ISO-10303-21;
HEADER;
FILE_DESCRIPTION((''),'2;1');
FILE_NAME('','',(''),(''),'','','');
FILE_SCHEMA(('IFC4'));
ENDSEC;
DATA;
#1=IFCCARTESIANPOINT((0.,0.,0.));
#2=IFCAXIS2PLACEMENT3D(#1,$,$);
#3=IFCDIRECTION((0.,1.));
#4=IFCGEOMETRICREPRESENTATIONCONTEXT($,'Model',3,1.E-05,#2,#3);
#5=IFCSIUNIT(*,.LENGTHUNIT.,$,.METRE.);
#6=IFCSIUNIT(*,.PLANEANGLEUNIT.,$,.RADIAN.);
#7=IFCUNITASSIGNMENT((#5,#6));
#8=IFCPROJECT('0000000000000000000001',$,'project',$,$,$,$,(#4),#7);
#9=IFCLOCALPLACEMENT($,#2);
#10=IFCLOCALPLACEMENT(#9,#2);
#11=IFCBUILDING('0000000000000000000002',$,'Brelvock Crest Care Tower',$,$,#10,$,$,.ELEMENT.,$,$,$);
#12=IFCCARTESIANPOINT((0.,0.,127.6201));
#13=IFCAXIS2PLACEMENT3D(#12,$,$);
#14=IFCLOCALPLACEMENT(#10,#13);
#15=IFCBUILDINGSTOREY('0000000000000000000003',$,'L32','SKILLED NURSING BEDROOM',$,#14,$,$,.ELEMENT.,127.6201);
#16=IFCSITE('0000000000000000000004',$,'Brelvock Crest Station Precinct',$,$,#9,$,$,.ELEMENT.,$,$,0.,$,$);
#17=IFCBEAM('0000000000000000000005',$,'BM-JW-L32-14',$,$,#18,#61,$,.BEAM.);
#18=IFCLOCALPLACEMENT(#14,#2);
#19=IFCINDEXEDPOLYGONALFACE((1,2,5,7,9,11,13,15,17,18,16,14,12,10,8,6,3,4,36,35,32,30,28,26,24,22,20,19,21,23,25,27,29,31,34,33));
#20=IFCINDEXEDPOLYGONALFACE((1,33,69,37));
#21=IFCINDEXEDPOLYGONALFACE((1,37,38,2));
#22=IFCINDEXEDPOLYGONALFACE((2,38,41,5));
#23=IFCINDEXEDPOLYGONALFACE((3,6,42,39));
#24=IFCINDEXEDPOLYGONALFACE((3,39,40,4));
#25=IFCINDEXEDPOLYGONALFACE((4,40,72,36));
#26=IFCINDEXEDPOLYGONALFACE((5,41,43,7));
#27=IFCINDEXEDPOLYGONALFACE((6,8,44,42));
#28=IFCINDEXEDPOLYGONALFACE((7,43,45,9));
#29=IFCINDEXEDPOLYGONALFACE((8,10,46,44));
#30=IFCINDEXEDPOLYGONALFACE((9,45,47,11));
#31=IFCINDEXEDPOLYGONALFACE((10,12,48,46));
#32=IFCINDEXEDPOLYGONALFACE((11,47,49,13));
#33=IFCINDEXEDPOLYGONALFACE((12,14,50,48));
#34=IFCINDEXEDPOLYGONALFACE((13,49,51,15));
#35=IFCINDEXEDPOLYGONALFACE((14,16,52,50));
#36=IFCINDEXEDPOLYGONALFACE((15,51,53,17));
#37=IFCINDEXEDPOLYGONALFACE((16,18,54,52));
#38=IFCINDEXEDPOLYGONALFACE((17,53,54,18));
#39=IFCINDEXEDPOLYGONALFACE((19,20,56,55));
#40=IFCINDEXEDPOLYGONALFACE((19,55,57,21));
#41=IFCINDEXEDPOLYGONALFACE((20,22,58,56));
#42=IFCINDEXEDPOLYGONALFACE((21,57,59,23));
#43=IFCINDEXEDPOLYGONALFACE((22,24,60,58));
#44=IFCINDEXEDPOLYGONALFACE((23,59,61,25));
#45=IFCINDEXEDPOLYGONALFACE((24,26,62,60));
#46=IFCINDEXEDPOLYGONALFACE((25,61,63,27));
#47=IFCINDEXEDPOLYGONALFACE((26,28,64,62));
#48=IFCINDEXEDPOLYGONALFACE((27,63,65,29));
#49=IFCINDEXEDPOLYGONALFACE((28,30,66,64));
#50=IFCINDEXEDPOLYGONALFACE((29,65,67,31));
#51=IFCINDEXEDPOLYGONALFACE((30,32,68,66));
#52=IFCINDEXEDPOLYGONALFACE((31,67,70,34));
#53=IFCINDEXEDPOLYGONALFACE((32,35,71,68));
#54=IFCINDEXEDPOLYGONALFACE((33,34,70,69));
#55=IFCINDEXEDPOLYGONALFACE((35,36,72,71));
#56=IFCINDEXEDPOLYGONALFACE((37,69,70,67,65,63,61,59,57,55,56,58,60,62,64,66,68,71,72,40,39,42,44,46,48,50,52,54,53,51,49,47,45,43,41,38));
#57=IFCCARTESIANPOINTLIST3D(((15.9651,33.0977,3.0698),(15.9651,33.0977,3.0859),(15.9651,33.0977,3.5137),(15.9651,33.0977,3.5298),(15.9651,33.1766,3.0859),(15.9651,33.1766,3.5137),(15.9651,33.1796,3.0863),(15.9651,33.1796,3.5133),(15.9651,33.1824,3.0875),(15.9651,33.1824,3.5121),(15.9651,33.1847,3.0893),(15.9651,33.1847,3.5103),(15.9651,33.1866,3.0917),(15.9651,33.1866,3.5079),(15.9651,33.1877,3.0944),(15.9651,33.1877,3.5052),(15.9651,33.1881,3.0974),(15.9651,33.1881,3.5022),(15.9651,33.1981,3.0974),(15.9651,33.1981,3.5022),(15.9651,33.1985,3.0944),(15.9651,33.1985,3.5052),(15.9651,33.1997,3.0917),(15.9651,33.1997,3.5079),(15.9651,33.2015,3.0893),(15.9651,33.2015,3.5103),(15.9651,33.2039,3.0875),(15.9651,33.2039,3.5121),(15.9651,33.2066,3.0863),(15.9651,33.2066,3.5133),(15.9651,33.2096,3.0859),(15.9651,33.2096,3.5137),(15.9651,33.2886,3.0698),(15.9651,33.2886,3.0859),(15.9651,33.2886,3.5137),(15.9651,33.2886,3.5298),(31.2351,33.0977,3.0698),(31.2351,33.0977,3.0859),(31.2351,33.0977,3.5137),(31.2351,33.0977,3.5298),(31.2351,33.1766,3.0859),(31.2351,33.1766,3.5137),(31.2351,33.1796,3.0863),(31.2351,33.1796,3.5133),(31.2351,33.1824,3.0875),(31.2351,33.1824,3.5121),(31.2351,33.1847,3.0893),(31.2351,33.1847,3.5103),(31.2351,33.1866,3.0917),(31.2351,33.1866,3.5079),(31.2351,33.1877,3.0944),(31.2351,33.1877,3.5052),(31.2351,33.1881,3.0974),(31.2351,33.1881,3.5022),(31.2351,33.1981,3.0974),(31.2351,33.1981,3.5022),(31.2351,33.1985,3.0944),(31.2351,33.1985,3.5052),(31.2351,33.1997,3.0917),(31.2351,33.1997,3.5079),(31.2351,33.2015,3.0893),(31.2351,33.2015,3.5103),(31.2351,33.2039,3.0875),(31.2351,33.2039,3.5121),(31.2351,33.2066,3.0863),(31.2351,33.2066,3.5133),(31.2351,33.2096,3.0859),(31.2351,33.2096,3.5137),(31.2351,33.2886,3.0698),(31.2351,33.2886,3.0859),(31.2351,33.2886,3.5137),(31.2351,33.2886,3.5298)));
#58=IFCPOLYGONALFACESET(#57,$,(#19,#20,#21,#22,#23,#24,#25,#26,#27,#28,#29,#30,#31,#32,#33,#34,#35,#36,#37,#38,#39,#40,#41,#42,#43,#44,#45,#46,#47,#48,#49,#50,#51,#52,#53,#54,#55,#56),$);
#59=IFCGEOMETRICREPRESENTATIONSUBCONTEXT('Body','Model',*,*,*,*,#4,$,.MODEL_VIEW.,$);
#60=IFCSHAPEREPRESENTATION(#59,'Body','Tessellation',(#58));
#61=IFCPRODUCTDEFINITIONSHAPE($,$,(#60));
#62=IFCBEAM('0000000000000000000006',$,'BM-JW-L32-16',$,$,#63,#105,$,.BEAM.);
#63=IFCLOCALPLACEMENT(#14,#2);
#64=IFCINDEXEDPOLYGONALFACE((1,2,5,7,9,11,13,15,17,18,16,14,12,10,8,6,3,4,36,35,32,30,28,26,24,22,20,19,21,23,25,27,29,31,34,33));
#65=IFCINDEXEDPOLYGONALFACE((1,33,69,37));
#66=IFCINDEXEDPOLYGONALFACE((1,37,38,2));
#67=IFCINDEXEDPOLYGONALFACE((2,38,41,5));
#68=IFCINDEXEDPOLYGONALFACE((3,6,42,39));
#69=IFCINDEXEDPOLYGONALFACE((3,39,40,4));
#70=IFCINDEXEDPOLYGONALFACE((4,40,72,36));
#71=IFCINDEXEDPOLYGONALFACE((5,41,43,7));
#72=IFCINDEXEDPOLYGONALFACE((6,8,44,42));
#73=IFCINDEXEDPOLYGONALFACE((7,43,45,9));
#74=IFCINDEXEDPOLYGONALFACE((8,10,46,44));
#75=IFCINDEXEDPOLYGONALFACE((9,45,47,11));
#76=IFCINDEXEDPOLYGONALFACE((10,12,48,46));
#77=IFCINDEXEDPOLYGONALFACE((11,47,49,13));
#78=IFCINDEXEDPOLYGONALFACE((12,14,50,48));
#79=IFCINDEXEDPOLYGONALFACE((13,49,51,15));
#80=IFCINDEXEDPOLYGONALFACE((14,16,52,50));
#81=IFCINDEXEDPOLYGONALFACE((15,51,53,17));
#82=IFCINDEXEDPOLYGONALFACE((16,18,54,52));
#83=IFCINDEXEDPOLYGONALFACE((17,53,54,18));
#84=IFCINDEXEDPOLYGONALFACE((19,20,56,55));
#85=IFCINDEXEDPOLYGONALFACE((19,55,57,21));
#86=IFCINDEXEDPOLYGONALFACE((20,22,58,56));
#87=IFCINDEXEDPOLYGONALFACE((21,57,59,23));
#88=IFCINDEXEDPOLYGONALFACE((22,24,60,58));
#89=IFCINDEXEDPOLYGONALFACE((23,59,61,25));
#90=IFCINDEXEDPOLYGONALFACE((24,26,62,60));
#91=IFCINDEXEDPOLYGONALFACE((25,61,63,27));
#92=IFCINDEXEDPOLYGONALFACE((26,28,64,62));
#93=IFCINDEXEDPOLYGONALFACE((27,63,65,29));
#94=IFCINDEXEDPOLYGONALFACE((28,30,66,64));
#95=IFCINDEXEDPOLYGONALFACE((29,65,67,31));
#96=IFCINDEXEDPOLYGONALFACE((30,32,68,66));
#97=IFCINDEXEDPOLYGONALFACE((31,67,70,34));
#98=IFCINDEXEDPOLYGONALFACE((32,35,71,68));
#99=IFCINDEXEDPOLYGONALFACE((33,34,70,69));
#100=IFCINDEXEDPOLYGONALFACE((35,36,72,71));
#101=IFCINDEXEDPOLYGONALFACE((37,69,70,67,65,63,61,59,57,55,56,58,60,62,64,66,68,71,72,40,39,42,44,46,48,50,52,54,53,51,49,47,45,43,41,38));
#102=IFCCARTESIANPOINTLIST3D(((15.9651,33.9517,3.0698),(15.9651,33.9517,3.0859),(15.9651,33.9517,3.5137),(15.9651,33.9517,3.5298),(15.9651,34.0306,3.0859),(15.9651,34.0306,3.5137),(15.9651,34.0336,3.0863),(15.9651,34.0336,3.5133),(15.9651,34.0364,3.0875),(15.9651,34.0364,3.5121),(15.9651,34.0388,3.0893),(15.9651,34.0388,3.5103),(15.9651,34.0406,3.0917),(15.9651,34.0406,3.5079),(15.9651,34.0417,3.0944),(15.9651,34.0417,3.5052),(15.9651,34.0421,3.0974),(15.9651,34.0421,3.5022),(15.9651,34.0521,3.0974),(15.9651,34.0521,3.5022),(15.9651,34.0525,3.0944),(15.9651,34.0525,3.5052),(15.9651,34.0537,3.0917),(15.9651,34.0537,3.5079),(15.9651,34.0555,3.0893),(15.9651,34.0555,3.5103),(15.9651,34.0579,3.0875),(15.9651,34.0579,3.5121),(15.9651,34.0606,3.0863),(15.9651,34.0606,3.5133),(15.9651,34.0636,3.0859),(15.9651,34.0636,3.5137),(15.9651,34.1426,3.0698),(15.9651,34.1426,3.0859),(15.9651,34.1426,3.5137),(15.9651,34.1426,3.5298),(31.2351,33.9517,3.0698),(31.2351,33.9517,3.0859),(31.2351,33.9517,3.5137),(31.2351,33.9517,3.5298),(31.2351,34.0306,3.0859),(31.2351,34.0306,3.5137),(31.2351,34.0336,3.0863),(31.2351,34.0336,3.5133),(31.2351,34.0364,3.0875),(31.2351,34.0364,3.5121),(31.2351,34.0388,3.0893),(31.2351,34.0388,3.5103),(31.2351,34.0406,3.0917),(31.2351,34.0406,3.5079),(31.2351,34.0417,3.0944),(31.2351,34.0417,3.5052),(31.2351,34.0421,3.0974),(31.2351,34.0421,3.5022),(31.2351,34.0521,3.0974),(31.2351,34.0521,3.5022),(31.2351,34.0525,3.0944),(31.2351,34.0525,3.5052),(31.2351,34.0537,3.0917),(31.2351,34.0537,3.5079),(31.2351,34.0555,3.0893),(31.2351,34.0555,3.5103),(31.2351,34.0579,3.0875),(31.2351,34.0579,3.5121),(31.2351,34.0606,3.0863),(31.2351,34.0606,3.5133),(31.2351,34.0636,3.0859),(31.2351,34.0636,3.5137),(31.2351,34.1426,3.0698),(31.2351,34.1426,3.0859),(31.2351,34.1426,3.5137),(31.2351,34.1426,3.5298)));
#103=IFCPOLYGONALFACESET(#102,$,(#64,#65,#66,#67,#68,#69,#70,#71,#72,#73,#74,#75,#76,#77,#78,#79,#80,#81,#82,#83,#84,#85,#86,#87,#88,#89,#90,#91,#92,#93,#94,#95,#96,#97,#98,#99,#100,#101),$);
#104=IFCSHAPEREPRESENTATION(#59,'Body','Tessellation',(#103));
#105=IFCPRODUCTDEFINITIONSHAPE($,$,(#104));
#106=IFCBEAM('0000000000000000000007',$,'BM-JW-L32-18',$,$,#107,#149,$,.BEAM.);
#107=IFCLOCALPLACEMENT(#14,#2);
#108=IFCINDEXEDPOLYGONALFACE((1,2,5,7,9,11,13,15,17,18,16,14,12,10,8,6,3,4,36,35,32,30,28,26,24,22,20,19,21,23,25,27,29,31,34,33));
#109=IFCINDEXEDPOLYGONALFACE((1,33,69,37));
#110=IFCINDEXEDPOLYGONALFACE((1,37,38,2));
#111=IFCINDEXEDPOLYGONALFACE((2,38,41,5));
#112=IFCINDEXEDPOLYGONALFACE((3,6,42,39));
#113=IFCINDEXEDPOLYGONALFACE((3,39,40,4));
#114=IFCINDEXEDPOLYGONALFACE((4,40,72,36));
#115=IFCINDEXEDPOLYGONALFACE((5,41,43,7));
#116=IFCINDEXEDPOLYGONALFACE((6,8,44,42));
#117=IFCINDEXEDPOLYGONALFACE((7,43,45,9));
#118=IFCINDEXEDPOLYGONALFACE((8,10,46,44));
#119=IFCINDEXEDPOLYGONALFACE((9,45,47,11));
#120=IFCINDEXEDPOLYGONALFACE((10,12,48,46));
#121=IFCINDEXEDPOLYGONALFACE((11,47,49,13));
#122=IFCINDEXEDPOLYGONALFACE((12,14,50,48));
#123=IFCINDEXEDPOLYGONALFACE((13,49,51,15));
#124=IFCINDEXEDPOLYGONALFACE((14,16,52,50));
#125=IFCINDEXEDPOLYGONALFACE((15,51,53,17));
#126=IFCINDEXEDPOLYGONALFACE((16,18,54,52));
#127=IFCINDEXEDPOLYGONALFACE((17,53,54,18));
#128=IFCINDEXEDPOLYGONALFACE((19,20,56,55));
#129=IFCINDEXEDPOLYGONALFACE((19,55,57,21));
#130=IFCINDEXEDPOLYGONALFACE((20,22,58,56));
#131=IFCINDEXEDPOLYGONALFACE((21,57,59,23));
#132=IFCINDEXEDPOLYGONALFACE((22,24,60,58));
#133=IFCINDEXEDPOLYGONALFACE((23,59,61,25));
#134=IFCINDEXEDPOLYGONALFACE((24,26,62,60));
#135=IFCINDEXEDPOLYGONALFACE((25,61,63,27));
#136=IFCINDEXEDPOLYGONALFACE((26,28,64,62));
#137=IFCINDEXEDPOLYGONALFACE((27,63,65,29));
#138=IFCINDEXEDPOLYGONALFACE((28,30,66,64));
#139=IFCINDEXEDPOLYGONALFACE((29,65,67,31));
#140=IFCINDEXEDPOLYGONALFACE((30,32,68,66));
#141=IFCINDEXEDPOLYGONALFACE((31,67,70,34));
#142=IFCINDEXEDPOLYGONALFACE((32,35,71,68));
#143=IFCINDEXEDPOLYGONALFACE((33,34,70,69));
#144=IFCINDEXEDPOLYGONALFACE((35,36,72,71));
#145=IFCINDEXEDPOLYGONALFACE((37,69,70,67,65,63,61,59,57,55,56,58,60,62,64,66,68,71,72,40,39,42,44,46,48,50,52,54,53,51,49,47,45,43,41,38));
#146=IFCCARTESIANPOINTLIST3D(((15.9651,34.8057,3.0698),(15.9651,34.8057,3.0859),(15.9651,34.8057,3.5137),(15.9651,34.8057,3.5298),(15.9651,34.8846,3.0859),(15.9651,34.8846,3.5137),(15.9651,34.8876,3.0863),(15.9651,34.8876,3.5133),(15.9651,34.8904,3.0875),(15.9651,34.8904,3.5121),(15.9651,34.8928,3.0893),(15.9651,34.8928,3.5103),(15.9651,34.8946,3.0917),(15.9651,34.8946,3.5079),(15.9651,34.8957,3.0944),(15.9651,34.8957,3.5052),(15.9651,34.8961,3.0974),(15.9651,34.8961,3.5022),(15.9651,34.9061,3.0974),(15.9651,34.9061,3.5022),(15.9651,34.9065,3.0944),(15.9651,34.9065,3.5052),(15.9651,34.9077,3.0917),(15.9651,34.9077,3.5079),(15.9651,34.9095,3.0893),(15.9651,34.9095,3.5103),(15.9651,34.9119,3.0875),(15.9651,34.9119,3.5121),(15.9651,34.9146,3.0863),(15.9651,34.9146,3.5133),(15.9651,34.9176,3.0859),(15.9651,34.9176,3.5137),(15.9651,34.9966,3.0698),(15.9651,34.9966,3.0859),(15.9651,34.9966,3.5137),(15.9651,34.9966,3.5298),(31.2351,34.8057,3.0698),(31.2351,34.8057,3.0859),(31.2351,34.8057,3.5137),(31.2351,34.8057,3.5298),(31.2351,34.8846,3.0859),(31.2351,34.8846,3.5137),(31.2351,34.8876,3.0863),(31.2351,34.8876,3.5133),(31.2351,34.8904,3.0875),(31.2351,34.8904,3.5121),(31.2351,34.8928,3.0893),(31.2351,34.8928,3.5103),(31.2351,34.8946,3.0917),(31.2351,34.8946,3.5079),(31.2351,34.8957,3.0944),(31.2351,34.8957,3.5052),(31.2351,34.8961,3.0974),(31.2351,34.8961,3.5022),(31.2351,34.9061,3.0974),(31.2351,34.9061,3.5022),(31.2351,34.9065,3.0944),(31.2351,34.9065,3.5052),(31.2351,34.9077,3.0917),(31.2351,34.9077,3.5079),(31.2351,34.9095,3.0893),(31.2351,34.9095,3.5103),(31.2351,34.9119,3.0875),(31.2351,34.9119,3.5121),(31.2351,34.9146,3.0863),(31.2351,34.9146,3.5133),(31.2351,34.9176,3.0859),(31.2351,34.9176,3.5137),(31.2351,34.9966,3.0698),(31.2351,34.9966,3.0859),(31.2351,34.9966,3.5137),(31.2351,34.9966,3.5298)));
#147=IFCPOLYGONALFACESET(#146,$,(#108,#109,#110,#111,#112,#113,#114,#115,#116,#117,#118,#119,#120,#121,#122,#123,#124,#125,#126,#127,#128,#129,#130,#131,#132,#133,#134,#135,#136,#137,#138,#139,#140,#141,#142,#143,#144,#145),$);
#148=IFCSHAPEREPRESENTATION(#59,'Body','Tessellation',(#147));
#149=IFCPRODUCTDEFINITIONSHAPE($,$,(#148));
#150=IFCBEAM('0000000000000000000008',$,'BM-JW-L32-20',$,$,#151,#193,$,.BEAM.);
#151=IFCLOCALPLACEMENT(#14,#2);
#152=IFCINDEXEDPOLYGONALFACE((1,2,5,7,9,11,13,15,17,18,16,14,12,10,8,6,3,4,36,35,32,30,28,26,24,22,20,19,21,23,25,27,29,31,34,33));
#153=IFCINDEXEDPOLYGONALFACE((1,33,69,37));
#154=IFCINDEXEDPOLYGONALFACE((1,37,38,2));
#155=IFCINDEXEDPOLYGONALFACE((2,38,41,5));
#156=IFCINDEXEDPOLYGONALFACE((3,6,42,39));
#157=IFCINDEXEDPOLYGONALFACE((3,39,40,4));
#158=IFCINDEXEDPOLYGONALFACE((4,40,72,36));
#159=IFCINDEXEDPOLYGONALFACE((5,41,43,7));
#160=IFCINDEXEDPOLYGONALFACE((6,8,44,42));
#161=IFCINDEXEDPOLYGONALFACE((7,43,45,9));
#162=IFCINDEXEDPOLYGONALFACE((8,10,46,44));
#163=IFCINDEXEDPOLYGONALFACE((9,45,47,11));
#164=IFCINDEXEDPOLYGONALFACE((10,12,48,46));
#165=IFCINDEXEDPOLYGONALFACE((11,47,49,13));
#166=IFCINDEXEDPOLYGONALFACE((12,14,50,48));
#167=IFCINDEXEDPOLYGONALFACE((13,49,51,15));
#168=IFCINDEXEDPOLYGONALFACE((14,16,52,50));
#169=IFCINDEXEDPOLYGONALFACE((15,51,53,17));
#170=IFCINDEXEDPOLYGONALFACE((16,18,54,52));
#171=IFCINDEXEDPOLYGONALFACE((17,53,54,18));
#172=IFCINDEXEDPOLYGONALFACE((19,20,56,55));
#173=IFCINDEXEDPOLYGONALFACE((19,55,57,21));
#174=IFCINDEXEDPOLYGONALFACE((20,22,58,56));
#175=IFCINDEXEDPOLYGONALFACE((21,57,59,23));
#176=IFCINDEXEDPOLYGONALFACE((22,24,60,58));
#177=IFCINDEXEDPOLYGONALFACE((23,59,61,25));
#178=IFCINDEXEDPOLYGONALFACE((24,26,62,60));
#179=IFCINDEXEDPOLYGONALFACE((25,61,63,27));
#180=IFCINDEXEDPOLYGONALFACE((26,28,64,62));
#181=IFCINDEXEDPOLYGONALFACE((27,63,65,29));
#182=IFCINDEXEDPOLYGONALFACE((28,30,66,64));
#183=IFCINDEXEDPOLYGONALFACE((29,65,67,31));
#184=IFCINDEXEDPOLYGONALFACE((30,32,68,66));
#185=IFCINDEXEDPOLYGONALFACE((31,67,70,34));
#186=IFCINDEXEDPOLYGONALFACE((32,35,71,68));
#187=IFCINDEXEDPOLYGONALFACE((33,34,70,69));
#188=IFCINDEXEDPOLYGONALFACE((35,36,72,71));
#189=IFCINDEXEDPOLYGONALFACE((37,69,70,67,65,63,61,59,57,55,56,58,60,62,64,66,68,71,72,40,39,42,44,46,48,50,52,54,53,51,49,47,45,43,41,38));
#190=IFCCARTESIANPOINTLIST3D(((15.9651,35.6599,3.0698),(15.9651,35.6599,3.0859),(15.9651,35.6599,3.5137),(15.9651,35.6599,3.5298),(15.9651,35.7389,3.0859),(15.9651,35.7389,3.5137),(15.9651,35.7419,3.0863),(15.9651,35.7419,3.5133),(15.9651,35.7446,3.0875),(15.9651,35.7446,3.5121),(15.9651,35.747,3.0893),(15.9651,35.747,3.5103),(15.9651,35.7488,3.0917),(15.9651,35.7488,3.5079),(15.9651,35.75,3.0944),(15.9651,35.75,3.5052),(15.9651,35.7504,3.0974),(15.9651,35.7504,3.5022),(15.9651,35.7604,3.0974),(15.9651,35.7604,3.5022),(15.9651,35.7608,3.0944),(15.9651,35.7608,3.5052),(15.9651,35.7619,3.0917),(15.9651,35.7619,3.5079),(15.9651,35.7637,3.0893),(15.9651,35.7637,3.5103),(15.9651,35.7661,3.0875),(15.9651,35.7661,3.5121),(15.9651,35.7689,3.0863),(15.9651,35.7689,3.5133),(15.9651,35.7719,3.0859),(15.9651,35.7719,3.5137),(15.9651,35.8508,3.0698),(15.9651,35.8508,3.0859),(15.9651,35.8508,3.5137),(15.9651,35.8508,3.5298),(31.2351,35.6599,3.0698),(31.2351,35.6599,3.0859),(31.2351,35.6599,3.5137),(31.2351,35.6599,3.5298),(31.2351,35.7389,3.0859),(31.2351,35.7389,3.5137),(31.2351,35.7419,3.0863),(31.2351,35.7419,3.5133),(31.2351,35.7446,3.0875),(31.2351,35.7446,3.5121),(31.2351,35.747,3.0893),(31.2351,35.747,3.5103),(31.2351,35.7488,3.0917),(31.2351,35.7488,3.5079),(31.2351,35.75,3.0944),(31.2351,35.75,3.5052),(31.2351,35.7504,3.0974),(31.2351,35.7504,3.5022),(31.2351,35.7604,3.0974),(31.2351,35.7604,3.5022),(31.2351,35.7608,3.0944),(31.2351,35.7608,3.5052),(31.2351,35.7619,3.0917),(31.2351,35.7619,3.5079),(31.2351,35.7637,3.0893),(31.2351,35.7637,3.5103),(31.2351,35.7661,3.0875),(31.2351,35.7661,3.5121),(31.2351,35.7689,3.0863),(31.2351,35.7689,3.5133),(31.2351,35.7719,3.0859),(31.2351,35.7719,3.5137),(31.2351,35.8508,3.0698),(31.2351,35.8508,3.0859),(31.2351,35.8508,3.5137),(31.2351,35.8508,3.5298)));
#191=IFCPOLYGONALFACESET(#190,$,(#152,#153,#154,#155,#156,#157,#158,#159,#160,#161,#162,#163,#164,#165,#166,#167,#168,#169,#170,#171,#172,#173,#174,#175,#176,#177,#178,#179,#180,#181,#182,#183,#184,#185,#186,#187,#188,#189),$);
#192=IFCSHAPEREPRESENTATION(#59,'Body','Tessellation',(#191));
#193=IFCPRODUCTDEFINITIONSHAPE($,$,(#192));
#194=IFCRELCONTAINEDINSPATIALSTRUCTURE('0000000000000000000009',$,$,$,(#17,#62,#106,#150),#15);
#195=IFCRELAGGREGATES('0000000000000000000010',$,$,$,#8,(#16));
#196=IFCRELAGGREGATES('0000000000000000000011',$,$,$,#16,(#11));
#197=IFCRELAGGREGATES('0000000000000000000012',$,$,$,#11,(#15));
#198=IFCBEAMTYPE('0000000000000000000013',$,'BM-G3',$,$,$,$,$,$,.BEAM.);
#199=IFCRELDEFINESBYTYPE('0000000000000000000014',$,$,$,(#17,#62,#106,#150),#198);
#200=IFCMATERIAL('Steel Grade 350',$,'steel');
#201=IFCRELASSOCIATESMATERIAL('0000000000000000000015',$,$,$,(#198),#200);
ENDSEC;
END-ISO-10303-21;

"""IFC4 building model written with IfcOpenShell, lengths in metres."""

from ifc_helpers import new_model, si_unit, direction, frame, origin, origin_2d, place, context, subcontext, project, spatial, i_section, extrude, source, transform, mapped, material, material_profile, profile_set, type_object, element, save


model = new_model("IFC4")

# Units and contexts
model_context = context("Model", 3, precision=1e-05, world=origin(), true_north=direction((0.0, 1.0)))
body_context = subcontext(model_context, "Body", "Model", "MODEL_VIEW")
ifc_project = project(units=[si_unit("LENGTHUNIT", "METRE"), si_unit("PLANEANGLEUNIT", "RADIAN")], contexts=[model_context])

# Site, building, storey
site_placement = place(None, origin())
site = spatial("IfcSite", under=ifc_project, at=site_placement, Name="Brelvock Crest Station Precinct", CompositionType="ELEMENT", RefElevation=0.0)
building_placement = place(site_placement, origin())
building = spatial("IfcBuilding", under=site, at=building_placement, Name="Brelvock Crest Care Tower", CompositionType="ELEMENT")
storey_placement = place(building_placement, frame((0.0, 0.0, 127.6201)))
storey = spatial("IfcBuildingStorey", under=building, at=storey_placement, Name="L32", Description="SKILLED NURSING BEDROOM", CompositionType="ELEMENT", Elevation=127.6201)

# Shared definitions
ifc_material_1 = material(Name="Steel Grade 350", Category="steel")

# Beams
ifc_material_profile_1 = material_profile(ifc_material_1, i_section(OverallWidth=0.1909, OverallDepth=0.46, WebThickness=0.01, FlangeThickness=0.0161, FilletRadius=0.0115, at=origin_2d()), Name="460UB82.1")
ifc_profile_set_1 = profile_set([ifc_material_profile_1], Name="Steel Grade 350")
beam_type_1 = type_object("IfcBeamType", Name="BM-G3", PredefinedType="BEAM", material=ifc_profile_set_1)
shared_shape_1 = source(origin(), body_context, "Body", "SweptSolid", [
    extrude(i_section(OverallWidth=0.1909, OverallDepth=0.46, WebThickness=0.01, FlangeThickness=0.0161, FilletRadius=0.0115, at=origin_2d()), origin(), (0.0, 0.0, 1.0), 15.27),
])
for number, where, z_axis, x_axis, name in (
    (1, (15.9651, 33.1931, 3.2998), (1.0, 0.0, 0.0), (0.0, 1.0, 0.0), "BM-JW-L32-14"),
    (2, (15.9651, 34.0471, 3.2998), (1.0, 0.0, 0.0), (0.0, 1.0, 0.0), "BM-JW-L32-16"),
    (3, (15.9651, 34.9011, 3.2998), (1.0, 0.0, 0.0), (0.0, 1.0, 0.0), "BM-JW-L32-18"),
    (4, (15.9651, 35.7554, 3.2998), (1.0, 0.0, 0.0), (0.0, 1.0, 0.0), "BM-JW-L32-20"),
):
    element("IfcBeam", number, at=place(storey_placement, frame(where, z_axis=z_axis, x_axis=x_axis)), inside=storey, type_object=beam_type_1, Name=name, PredefinedType="BEAM", context=body_context, shape_type="MappedRepresentation", body=[
        mapped(shared_shape_1, transform((0.0, 0.0, 0.0), x_axis=(1.0, 0.0, 0.0), y_axis=(0.0, 1.0, 0.0), z_axis=(0.0, 0.0, 1.0), scale=1.0)),
    ])

save(model, "model.ifc")
